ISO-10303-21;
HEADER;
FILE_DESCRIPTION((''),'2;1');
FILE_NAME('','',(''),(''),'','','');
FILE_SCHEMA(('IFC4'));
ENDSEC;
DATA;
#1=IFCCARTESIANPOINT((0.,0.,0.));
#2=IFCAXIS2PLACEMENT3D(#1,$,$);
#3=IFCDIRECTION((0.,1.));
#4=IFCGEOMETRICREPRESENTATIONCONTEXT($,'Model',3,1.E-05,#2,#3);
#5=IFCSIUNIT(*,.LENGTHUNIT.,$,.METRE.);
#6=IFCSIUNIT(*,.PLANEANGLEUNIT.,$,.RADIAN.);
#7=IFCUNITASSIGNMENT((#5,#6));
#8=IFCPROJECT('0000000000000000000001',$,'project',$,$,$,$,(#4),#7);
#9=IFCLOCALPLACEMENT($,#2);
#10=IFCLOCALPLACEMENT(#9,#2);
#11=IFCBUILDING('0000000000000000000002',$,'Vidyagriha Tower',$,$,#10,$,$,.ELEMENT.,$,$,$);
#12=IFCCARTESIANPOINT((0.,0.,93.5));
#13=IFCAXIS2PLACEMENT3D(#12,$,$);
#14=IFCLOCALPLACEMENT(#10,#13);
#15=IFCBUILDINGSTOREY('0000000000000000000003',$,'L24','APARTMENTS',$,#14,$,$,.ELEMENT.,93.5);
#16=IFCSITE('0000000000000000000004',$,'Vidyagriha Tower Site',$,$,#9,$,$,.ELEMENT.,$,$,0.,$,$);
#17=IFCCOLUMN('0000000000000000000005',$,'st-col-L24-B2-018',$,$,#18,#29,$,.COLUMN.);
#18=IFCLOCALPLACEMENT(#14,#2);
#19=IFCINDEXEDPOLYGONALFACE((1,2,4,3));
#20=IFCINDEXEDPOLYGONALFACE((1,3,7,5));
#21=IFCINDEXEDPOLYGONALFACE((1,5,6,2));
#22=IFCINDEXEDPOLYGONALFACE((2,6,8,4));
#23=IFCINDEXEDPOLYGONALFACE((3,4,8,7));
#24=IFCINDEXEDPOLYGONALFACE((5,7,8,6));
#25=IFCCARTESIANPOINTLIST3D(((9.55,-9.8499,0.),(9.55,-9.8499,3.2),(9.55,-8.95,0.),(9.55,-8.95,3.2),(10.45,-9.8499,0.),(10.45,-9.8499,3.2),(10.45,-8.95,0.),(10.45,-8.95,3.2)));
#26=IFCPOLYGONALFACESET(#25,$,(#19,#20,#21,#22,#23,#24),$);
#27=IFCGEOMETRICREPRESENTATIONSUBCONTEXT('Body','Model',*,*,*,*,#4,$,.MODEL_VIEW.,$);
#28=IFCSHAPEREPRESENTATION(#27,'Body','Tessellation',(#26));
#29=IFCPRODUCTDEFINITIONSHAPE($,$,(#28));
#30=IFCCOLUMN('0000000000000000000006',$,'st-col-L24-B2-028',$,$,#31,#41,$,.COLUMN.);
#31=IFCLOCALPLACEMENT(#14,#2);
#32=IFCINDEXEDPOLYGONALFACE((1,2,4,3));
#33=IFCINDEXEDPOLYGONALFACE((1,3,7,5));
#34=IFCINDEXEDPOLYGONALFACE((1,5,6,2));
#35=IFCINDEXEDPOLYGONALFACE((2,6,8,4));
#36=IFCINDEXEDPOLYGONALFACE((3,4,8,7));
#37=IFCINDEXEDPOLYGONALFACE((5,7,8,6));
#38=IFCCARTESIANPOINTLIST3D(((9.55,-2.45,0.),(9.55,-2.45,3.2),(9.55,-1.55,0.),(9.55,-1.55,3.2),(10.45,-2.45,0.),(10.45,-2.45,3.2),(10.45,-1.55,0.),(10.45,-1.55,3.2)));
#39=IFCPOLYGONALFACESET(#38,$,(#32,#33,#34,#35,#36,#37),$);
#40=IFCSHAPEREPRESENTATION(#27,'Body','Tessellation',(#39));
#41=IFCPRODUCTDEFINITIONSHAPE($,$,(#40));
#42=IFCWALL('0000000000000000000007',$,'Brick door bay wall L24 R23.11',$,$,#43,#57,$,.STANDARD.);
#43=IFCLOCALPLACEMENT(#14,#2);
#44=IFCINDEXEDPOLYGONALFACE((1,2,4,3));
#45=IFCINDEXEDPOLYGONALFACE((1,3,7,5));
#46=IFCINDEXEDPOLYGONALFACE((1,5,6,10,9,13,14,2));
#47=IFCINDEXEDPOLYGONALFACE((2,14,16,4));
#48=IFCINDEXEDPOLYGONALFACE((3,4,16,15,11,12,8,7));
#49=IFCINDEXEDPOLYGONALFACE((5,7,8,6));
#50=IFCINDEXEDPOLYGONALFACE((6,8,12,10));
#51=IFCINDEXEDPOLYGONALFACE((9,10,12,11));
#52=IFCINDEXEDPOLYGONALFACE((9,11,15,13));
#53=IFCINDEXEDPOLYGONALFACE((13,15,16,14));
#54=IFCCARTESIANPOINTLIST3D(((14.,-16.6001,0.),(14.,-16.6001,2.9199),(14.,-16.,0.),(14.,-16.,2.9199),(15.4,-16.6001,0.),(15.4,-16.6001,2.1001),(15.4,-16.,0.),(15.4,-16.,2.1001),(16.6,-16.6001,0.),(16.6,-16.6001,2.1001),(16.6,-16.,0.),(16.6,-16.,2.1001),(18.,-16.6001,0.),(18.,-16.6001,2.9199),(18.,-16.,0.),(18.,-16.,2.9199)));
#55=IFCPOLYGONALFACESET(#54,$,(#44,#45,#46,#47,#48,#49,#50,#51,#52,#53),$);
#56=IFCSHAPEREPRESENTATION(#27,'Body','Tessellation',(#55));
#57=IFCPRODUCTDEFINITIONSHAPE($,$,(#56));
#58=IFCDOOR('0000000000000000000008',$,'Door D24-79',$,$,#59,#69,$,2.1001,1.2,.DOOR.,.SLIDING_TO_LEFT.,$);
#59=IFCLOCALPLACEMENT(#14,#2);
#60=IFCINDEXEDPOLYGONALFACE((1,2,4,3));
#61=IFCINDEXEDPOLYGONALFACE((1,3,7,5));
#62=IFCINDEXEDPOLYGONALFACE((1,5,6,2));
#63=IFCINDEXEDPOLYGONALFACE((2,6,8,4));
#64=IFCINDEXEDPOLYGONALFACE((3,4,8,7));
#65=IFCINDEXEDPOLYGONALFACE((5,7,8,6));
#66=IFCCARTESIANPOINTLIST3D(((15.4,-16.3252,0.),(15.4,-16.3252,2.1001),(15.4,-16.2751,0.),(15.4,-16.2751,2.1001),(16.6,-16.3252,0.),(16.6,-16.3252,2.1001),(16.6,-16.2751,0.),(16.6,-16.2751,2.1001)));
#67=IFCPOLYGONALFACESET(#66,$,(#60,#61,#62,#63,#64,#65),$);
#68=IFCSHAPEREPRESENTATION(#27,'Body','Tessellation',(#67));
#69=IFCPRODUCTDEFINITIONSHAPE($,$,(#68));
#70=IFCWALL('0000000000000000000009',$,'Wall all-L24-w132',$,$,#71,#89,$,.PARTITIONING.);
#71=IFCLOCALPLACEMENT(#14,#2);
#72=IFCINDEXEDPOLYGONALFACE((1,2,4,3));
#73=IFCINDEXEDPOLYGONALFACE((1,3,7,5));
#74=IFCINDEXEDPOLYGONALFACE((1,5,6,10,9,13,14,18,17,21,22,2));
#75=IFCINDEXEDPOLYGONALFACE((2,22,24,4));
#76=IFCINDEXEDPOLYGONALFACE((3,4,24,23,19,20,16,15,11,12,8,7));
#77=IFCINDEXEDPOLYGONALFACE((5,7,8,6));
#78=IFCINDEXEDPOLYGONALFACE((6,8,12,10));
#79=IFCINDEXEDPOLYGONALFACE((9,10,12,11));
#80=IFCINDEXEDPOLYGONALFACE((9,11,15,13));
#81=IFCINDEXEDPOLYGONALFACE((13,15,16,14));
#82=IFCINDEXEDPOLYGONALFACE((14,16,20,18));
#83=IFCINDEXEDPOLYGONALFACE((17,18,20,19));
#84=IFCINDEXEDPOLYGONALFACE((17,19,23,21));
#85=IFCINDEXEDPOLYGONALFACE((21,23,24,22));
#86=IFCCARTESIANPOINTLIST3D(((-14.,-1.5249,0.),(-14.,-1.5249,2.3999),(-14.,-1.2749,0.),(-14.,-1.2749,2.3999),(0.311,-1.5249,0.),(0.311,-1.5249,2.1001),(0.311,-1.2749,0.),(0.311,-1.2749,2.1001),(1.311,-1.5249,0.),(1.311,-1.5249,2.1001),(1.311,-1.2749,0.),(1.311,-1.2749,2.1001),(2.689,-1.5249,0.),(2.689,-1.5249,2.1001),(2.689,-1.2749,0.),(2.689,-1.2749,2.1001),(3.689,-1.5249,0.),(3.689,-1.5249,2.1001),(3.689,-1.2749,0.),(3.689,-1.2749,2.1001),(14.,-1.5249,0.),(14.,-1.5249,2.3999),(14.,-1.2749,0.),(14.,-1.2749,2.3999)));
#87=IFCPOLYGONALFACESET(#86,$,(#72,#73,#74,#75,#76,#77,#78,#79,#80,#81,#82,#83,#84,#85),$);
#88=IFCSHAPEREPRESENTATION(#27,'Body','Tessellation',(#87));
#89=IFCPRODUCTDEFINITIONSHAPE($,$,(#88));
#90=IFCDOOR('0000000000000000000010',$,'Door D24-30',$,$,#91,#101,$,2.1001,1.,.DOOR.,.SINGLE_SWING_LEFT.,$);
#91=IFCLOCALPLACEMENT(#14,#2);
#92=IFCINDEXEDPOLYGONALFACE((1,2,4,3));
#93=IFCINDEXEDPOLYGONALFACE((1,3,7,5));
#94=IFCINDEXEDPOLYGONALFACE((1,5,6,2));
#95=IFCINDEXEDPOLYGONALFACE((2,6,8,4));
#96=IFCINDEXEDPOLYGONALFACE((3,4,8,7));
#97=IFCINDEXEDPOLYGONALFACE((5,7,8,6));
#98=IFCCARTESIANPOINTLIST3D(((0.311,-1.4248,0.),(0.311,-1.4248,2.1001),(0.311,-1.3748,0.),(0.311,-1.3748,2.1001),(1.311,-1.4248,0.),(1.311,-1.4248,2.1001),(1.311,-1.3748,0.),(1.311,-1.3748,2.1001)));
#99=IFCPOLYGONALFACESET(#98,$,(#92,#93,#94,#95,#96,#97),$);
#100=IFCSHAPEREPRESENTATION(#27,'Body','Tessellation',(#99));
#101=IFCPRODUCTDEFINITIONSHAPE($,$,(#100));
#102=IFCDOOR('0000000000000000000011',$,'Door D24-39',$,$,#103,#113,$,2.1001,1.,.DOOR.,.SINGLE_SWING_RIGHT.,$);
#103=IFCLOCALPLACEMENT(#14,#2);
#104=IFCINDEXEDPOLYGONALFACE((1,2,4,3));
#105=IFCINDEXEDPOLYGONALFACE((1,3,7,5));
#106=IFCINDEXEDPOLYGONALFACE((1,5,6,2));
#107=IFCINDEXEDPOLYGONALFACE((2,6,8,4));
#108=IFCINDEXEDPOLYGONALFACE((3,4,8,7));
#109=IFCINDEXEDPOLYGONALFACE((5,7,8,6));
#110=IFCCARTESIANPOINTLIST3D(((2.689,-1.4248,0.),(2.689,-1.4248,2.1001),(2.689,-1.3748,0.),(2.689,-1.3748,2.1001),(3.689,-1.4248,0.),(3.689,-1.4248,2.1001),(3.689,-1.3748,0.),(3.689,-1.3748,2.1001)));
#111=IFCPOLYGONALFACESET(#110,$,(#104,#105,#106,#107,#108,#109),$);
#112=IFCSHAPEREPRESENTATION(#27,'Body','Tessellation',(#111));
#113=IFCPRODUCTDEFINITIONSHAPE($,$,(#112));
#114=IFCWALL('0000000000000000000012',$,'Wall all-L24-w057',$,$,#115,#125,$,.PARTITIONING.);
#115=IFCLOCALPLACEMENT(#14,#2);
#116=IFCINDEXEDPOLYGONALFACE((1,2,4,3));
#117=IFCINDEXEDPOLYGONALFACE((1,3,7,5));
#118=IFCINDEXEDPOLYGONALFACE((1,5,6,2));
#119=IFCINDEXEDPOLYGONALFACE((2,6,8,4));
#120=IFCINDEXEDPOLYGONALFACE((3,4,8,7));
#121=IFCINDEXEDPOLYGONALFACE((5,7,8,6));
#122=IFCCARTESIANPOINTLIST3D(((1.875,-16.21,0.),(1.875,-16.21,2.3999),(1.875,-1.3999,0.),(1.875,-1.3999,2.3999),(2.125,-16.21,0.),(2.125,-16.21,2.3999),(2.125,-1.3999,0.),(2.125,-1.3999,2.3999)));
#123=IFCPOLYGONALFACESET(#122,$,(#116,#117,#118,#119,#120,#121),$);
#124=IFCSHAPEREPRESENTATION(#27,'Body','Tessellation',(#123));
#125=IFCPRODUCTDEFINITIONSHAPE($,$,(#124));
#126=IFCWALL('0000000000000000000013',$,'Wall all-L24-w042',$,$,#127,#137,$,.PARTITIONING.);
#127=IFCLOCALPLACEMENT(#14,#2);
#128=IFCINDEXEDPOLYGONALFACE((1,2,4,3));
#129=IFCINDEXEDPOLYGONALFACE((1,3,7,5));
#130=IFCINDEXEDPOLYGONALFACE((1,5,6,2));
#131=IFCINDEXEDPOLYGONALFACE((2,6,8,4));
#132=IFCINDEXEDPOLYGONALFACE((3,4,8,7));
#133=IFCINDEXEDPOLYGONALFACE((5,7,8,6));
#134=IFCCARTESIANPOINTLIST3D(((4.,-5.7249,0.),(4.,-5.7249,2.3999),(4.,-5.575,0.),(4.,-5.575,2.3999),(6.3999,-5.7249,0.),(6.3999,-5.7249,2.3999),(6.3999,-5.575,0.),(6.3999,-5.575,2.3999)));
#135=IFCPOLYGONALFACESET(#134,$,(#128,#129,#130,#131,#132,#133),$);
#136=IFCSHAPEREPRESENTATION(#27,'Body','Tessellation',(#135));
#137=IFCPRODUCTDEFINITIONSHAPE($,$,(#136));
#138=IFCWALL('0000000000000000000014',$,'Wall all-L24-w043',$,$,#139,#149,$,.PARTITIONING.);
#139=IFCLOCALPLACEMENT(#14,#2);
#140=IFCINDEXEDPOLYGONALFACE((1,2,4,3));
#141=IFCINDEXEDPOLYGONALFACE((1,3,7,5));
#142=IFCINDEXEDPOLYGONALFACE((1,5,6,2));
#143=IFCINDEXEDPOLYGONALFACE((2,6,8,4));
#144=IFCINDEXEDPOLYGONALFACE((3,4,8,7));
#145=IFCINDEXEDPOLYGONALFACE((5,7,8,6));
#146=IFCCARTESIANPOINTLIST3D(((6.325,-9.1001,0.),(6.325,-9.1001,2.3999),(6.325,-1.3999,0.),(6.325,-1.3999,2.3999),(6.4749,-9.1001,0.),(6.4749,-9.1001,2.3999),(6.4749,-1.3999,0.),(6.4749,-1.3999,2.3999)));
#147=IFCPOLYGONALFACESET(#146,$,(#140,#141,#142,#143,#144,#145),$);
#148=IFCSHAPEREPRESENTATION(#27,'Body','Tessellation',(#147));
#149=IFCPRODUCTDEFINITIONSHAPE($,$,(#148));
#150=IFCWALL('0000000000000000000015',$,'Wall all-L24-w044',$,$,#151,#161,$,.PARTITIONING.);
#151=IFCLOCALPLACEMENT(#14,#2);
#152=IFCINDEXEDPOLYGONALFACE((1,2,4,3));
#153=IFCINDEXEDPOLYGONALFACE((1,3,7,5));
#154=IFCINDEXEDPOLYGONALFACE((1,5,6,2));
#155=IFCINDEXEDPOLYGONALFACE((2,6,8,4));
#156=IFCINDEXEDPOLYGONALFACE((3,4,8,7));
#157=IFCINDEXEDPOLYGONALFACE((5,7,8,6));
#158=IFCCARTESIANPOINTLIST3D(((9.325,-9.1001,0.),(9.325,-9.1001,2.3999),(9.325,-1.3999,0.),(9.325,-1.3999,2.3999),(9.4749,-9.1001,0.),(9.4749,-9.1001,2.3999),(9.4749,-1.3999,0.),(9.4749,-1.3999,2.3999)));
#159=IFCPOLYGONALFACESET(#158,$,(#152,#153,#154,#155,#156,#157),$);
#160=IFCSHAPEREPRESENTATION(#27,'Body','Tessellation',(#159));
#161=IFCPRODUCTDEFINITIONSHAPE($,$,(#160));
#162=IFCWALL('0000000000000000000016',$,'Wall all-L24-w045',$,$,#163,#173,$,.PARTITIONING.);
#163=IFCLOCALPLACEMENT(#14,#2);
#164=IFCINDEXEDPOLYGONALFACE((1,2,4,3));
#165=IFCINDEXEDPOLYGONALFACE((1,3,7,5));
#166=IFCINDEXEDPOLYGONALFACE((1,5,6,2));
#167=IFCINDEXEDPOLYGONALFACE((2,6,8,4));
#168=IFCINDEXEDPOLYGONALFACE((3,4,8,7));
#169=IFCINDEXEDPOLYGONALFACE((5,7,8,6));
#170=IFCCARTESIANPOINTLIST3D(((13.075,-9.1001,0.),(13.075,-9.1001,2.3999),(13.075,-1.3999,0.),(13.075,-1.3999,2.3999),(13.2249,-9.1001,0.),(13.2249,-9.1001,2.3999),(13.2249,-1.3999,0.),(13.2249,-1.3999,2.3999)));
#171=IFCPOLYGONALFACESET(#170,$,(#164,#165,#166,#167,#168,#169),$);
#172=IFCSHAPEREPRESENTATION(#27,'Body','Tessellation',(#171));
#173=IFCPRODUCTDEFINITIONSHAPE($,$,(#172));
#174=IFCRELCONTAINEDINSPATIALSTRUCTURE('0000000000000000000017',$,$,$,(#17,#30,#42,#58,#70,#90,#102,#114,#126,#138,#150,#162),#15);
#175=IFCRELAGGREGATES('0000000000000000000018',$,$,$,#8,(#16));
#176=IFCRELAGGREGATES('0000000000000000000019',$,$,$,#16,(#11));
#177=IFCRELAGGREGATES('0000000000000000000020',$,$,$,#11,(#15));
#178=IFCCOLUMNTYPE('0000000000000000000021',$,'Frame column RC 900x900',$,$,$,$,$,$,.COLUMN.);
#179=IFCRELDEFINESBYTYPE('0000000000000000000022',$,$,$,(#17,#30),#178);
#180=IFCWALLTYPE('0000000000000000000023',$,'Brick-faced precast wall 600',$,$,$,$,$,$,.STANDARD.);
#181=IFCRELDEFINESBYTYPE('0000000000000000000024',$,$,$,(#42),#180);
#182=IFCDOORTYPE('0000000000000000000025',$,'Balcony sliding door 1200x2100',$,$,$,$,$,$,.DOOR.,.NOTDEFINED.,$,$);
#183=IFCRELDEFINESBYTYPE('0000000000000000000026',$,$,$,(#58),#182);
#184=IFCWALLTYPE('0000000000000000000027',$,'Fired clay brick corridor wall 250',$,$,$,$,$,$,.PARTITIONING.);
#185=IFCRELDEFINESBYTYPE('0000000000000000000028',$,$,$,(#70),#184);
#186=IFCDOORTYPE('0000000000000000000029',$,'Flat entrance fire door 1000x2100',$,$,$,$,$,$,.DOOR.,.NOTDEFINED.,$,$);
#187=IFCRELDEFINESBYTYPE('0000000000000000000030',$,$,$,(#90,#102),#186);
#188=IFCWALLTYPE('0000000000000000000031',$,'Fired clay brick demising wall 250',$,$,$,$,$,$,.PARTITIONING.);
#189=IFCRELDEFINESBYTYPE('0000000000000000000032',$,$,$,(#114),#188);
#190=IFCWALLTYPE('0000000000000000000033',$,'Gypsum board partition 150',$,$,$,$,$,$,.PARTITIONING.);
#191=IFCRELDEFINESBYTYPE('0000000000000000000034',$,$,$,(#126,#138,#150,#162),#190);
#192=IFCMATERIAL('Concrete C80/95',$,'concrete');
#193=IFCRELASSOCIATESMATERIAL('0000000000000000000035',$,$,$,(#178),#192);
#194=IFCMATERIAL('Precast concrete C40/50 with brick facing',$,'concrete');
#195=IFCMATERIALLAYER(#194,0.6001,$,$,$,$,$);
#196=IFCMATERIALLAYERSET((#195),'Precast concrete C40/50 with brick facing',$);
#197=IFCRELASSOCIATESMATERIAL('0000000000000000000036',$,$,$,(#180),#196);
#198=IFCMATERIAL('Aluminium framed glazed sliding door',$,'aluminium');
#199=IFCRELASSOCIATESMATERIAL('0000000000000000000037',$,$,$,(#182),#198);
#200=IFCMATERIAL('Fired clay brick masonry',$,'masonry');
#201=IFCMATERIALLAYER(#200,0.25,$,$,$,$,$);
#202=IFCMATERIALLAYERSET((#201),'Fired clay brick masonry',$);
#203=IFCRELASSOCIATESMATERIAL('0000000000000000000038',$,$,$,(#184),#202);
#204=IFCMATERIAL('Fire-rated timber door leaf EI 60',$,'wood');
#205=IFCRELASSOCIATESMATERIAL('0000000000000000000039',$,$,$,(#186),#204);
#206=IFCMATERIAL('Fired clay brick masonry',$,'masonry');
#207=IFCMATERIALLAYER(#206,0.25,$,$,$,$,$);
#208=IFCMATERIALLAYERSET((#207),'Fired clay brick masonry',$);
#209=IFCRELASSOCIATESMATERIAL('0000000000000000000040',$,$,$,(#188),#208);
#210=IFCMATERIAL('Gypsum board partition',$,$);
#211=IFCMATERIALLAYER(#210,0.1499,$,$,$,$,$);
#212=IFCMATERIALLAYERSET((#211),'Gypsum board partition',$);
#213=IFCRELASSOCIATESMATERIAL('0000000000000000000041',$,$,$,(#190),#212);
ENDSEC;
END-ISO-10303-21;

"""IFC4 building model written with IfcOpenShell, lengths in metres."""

from ifc_helpers import new_model, si_unit, direction, frame, frame_2d, origin, origin_2d, place, context, subcontext, project, spatial, rectangle, extrude, material, layer, layer_set, material_profile, profile_set, type_object, element, fill, save


model = new_model("IFC4")

# Units and contexts
model_context = context("Model", 3, precision=1e-05, world=origin(), true_north=direction((0.0, 1.0)))
body_context = subcontext(model_context, "Body", "Model", "MODEL_VIEW")
ifc_project = project(units=[si_unit("LENGTHUNIT", "METRE"), si_unit("PLANEANGLEUNIT", "RADIAN")], contexts=[model_context])

# Site, building, storey
site_placement = place(None, origin())
site = spatial("IfcSite", under=ifc_project, at=site_placement, Name="Vidyagriha Tower Site", CompositionType="ELEMENT", RefElevation=0.0)
building_placement = place(site_placement, origin())
building = spatial("IfcBuilding", under=site, at=building_placement, Name="Vidyagriha Tower", CompositionType="ELEMENT")
storey_placement = place(building_placement, frame((0.0, 0.0, 93.5)))
storey = spatial("IfcBuildingStorey", under=building, at=storey_placement, Name="L24", Description="APARTMENTS", CompositionType="ELEMENT", Elevation=93.5)

# Columns
ifc_material_1 = material(Name="Concrete C80/95", Category="concrete")
ifc_material_profile = material_profile(ifc_material_1, rectangle(XDim=0.8999, YDim=0.8999, at=origin_2d()), Name="RC 900x900")
ifc_profile_set = profile_set([ifc_material_profile], Name="Concrete C80/95")
column_type = type_object("IfcColumnType", Name="Frame column RC 900x900", PredefinedType="COLUMN", material=ifc_profile_set)
for number, where, name in (
    (1, (10.0, -9.3999, 0.0), "st-col-L24-B2-018"),
    (2, (10.0, -2.0, 0.0), "st-col-L24-B2-028"),
):
    element("IfcColumn", number, at=place(storey_placement, frame(where)), inside=storey, type_object=column_type, Name=name, PredefinedType="COLUMN", context=body_context, shape_type="SweptSolid", body=[
        extrude(rectangle(XDim=0.8999, YDim=0.8999, at=origin_2d()), origin(), (0.0, 0.0, 1.0), 3.2),
    ])

# Wall, opening, door
ifc_material_2 = material(Name="Precast concrete C40/50 with brick facing", Category="concrete")
ifc_layer_1 = layer(ifc_material_2, 0.6001)
ifc_layer_set_1 = layer_set([ifc_layer_1], Name="Precast concrete C40/50 with brick facing")
wall_type_1 = type_object("IfcWallType", Name="Brick-faced precast wall 600", PredefinedType="STANDARD", material=ifc_layer_set_1)
wall_1_placement = place(storey_placement, frame((14.0, -16.3, 0.0)))
wall_1 = element("IfcWall", 3, at=wall_1_placement, inside=storey, type_object=wall_type_1, Name="Brick door bay wall L24 R23.11", PredefinedType="STANDARD", context=body_context, shape_type="SweptSolid", body=[
    extrude(rectangle(XDim=4.0, YDim=0.6001, at=frame_2d((2.0, 0.0))), origin(), (0.0, 0.0, 1.0), 2.9199),
])
opening_1_placement = place(wall_1_placement, frame((1.3999, 0.0, 0.0)))
opening_1 = element("IfcOpeningElement", 4, at=opening_1_placement, cuts=wall_1, PredefinedType="OPENING", context=body_context, shape_type="SweptSolid", body=[
    extrude(rectangle(XDim=1.2, YDim=2.1001, at=frame_2d((0.6001, 1.05))), frame((0.0, 0.3101, 0.0), z_axis=(0.0, -1.0, 0.0), x_axis=(1.0, 0.0, 0.0)), (0.0, 0.0, 1.0), 0.6201),
])
ifc_material_3 = material(Name="Aluminium framed glazed sliding door", Category="aluminium")
door_type_1 = type_object("IfcDoorType", Name="Balcony sliding door 1200x2100", OperationType="NOTDEFINED", PredefinedType="DOOR", material=ifc_material_3)
door_1_placement = place(opening_1_placement, origin())
door_1 = element("IfcDoor", 5, at=door_1_placement, inside=storey, type_object=door_type_1, Name="Door D24-79", OperationType="SLIDING_TO_LEFT", OverallHeight=2.1001, OverallWidth=1.2, PredefinedType="DOOR", context=body_context, shape_type="SweptSolid", body=[
    extrude(rectangle(XDim=1.2, YDim=2.1001, at=frame_2d((0.6001, 1.05))), frame((0.0, 0.0249, 0.0), z_axis=(0.0, -1.0, 0.0), x_axis=(1.0, 0.0, 0.0)), (0.0, 0.0, 1.0), 0.05),
])
fill(opening_1, door_1)

# Wall, openings, doors
ifc_material_4 = material(Name="Fired clay brick masonry", Category="masonry")
ifc_layer_2 = layer(ifc_material_4, 0.25)
ifc_layer_set_2 = layer_set([ifc_layer_2], Name="Fired clay brick masonry")
wall_type_2 = type_object("IfcWallType", Name="Fired clay brick corridor wall 250", PredefinedType="PARTITIONING", material=ifc_layer_set_2)
wall_2_placement = place(storey_placement, frame((14.0, -1.3999, 0.0), z_axis=(0.0, 0.0, 1.0), x_axis=(-1.0, 0.0, 0.0)))
wall_2 = element("IfcWall", 6, at=wall_2_placement, inside=storey, type_object=wall_type_2, Name="Wall all-L24-w132", PredefinedType="PARTITIONING", context=body_context, shape_type="SweptSolid", body=[
    extrude(rectangle(XDim=28.0, YDim=0.25, at=frame_2d((14.0, 0.0))), origin(), (0.0, 0.0, 1.0), 2.3999),
])
opening_2_placement = place(wall_2_placement, frame((12.689, 0.0, 0.0)))
opening_2 = element("IfcOpeningElement", 7, at=opening_2_placement, cuts=wall_2, PredefinedType="OPENING", context=body_context, shape_type="SweptSolid", body=[
    extrude(rectangle(XDim=1.0, YDim=2.1001, at=frame_2d((0.5, 1.05))), frame((0.0, 0.135, 0.0), z_axis=(0.0, -1.0, 0.0), x_axis=(1.0, 0.0, 0.0)), (0.0, 0.0, 1.0), 0.27),
])
opening_3_placement = place(wall_2_placement, frame((10.311, 0.0, 0.0)))
opening_3 = element("IfcOpeningElement", 8, at=opening_3_placement, cuts=wall_2, PredefinedType="OPENING", context=body_context, shape_type="SweptSolid", body=[
    extrude(rectangle(XDim=1.0, YDim=2.1001, at=frame_2d((0.5, 1.05))), frame((0.0, 0.135, 0.0), z_axis=(0.0, -1.0, 0.0), x_axis=(1.0, 0.0, 0.0)), (0.0, 0.0, 1.0), 0.27),
])
ifc_material_5 = material(Name="Fire-rated timber door leaf EI 60", Category="wood")
door_type_2 = type_object("IfcDoorType", Name="Flat entrance fire door 1000x2100", OperationType="NOTDEFINED", PredefinedType="DOOR", material=ifc_material_5)
door_2_placement = place(opening_2_placement, origin())
door_2 = element("IfcDoor", 9, at=door_2_placement, inside=storey, type_object=door_type_2, Name="Door D24-30", OperationType="SINGLE_SWING_LEFT", OverallHeight=2.1001, OverallWidth=1.0, PredefinedType="DOOR", context=body_context, shape_type="SweptSolid", body=[
    extrude(rectangle(XDim=1.0, YDim=2.1001, at=frame_2d((0.5, 1.05))), frame((0.0, 0.0249, 0.0), z_axis=(0.0, -1.0, 0.0), x_axis=(1.0, 0.0, 0.0)), (0.0, 0.0, 1.0), 0.05),
])
fill(opening_2, door_2)
door_3_placement = place(opening_3_placement, origin())
door_3 = element("IfcDoor", 10, at=door_3_placement, inside=storey, type_object=door_type_2, Name="Door D24-39", OperationType="SINGLE_SWING_RIGHT", OverallHeight=2.1001, OverallWidth=1.0, PredefinedType="DOOR", context=body_context, shape_type="SweptSolid", body=[
    extrude(rectangle(XDim=1.0, YDim=2.1001, at=frame_2d((0.5, 1.05))), frame((0.0, 0.0249, 0.0), z_axis=(0.0, -1.0, 0.0), x_axis=(1.0, 0.0, 0.0)), (0.0, 0.0, 1.0), 0.05),
])
fill(opening_3, door_3)

# Walls
ifc_material_6 = material(Name="Fired clay brick masonry", Category="masonry")
ifc_layer_3 = layer(ifc_material_6, 0.25)
ifc_layer_set_3 = layer_set([ifc_layer_3], Name="Fired clay brick masonry")
wall_type_3 = type_object("IfcWallType", Name="Fired clay brick demising wall 250", PredefinedType="PARTITIONING", material=ifc_layer_set_3)
wall_3_placement = place(storey_placement, frame((2.0, -1.3999, 0.0), z_axis=(0.0, 0.0, 1.0), x_axis=(0.0, -1.0, 0.0)))
element("IfcWall", 11, at=wall_3_placement, inside=storey, type_object=wall_type_3, Name="Wall all-L24-w057", PredefinedType="PARTITIONING", context=body_context, shape_type="SweptSolid", body=[
    extrude(rectangle(XDim=14.8101, YDim=0.25, at=frame_2d((7.405, 0.0))), origin(), (0.0, 0.0, 1.0), 2.3999),
])
ifc_material_7 = material(Name="Gypsum board partition")
ifc_layer_4 = layer(ifc_material_7, 0.1499)
ifc_layer_set_4 = layer_set([ifc_layer_4], Name="Gypsum board partition")
wall_type_4 = type_object("IfcWallType", Name="Gypsum board partition 150", PredefinedType="PARTITIONING", material=ifc_layer_set_4)
wall_4_placement = place(storey_placement, frame((6.3999, -5.6499, 0.0), z_axis=(0.0, 0.0, 1.0), x_axis=(-1.0, 0.0, 0.0)))
element("IfcWall", 12, at=wall_4_placement, inside=storey, type_object=wall_type_4, Name="Wall all-L24-w042", PredefinedType="PARTITIONING", context=body_context, shape_type="SweptSolid", body=[
    extrude(rectangle(XDim=2.3999, YDim=0.1499, at=frame_2d((1.2, 0.0))), origin(), (0.0, 0.0, 1.0), 2.3999),
])
for number, where, z_axis, x_axis, name in (
    (13, (6.3999, -1.3999, 0.0), (0.0, 0.0, 1.0), (0.0, -1.0, 0.0), "Wall all-L24-w043"),
    (14, (9.3999, -1.3999, 0.0), (0.0, 0.0, 1.0), (0.0, -1.0, 0.0), "Wall all-L24-w044"),
    (15, (13.1499, -1.3999, 0.0), (0.0, 0.0, 1.0), (0.0, -1.0, 0.0), "Wall all-L24-w045"),
):
    element("IfcWall", number, at=place(storey_placement, frame(where, z_axis=z_axis, x_axis=x_axis)), inside=storey, type_object=wall_type_4, Name=name, PredefinedType="PARTITIONING", context=body_context, shape_type="SweptSolid", body=[
        extrude(rectangle(XDim=7.7002, YDim=0.1499, at=frame_2d((3.8501, 0.0))), origin(), (0.0, 0.0, 1.0), 2.3999),
    ])

save(model, "model.ifc")
